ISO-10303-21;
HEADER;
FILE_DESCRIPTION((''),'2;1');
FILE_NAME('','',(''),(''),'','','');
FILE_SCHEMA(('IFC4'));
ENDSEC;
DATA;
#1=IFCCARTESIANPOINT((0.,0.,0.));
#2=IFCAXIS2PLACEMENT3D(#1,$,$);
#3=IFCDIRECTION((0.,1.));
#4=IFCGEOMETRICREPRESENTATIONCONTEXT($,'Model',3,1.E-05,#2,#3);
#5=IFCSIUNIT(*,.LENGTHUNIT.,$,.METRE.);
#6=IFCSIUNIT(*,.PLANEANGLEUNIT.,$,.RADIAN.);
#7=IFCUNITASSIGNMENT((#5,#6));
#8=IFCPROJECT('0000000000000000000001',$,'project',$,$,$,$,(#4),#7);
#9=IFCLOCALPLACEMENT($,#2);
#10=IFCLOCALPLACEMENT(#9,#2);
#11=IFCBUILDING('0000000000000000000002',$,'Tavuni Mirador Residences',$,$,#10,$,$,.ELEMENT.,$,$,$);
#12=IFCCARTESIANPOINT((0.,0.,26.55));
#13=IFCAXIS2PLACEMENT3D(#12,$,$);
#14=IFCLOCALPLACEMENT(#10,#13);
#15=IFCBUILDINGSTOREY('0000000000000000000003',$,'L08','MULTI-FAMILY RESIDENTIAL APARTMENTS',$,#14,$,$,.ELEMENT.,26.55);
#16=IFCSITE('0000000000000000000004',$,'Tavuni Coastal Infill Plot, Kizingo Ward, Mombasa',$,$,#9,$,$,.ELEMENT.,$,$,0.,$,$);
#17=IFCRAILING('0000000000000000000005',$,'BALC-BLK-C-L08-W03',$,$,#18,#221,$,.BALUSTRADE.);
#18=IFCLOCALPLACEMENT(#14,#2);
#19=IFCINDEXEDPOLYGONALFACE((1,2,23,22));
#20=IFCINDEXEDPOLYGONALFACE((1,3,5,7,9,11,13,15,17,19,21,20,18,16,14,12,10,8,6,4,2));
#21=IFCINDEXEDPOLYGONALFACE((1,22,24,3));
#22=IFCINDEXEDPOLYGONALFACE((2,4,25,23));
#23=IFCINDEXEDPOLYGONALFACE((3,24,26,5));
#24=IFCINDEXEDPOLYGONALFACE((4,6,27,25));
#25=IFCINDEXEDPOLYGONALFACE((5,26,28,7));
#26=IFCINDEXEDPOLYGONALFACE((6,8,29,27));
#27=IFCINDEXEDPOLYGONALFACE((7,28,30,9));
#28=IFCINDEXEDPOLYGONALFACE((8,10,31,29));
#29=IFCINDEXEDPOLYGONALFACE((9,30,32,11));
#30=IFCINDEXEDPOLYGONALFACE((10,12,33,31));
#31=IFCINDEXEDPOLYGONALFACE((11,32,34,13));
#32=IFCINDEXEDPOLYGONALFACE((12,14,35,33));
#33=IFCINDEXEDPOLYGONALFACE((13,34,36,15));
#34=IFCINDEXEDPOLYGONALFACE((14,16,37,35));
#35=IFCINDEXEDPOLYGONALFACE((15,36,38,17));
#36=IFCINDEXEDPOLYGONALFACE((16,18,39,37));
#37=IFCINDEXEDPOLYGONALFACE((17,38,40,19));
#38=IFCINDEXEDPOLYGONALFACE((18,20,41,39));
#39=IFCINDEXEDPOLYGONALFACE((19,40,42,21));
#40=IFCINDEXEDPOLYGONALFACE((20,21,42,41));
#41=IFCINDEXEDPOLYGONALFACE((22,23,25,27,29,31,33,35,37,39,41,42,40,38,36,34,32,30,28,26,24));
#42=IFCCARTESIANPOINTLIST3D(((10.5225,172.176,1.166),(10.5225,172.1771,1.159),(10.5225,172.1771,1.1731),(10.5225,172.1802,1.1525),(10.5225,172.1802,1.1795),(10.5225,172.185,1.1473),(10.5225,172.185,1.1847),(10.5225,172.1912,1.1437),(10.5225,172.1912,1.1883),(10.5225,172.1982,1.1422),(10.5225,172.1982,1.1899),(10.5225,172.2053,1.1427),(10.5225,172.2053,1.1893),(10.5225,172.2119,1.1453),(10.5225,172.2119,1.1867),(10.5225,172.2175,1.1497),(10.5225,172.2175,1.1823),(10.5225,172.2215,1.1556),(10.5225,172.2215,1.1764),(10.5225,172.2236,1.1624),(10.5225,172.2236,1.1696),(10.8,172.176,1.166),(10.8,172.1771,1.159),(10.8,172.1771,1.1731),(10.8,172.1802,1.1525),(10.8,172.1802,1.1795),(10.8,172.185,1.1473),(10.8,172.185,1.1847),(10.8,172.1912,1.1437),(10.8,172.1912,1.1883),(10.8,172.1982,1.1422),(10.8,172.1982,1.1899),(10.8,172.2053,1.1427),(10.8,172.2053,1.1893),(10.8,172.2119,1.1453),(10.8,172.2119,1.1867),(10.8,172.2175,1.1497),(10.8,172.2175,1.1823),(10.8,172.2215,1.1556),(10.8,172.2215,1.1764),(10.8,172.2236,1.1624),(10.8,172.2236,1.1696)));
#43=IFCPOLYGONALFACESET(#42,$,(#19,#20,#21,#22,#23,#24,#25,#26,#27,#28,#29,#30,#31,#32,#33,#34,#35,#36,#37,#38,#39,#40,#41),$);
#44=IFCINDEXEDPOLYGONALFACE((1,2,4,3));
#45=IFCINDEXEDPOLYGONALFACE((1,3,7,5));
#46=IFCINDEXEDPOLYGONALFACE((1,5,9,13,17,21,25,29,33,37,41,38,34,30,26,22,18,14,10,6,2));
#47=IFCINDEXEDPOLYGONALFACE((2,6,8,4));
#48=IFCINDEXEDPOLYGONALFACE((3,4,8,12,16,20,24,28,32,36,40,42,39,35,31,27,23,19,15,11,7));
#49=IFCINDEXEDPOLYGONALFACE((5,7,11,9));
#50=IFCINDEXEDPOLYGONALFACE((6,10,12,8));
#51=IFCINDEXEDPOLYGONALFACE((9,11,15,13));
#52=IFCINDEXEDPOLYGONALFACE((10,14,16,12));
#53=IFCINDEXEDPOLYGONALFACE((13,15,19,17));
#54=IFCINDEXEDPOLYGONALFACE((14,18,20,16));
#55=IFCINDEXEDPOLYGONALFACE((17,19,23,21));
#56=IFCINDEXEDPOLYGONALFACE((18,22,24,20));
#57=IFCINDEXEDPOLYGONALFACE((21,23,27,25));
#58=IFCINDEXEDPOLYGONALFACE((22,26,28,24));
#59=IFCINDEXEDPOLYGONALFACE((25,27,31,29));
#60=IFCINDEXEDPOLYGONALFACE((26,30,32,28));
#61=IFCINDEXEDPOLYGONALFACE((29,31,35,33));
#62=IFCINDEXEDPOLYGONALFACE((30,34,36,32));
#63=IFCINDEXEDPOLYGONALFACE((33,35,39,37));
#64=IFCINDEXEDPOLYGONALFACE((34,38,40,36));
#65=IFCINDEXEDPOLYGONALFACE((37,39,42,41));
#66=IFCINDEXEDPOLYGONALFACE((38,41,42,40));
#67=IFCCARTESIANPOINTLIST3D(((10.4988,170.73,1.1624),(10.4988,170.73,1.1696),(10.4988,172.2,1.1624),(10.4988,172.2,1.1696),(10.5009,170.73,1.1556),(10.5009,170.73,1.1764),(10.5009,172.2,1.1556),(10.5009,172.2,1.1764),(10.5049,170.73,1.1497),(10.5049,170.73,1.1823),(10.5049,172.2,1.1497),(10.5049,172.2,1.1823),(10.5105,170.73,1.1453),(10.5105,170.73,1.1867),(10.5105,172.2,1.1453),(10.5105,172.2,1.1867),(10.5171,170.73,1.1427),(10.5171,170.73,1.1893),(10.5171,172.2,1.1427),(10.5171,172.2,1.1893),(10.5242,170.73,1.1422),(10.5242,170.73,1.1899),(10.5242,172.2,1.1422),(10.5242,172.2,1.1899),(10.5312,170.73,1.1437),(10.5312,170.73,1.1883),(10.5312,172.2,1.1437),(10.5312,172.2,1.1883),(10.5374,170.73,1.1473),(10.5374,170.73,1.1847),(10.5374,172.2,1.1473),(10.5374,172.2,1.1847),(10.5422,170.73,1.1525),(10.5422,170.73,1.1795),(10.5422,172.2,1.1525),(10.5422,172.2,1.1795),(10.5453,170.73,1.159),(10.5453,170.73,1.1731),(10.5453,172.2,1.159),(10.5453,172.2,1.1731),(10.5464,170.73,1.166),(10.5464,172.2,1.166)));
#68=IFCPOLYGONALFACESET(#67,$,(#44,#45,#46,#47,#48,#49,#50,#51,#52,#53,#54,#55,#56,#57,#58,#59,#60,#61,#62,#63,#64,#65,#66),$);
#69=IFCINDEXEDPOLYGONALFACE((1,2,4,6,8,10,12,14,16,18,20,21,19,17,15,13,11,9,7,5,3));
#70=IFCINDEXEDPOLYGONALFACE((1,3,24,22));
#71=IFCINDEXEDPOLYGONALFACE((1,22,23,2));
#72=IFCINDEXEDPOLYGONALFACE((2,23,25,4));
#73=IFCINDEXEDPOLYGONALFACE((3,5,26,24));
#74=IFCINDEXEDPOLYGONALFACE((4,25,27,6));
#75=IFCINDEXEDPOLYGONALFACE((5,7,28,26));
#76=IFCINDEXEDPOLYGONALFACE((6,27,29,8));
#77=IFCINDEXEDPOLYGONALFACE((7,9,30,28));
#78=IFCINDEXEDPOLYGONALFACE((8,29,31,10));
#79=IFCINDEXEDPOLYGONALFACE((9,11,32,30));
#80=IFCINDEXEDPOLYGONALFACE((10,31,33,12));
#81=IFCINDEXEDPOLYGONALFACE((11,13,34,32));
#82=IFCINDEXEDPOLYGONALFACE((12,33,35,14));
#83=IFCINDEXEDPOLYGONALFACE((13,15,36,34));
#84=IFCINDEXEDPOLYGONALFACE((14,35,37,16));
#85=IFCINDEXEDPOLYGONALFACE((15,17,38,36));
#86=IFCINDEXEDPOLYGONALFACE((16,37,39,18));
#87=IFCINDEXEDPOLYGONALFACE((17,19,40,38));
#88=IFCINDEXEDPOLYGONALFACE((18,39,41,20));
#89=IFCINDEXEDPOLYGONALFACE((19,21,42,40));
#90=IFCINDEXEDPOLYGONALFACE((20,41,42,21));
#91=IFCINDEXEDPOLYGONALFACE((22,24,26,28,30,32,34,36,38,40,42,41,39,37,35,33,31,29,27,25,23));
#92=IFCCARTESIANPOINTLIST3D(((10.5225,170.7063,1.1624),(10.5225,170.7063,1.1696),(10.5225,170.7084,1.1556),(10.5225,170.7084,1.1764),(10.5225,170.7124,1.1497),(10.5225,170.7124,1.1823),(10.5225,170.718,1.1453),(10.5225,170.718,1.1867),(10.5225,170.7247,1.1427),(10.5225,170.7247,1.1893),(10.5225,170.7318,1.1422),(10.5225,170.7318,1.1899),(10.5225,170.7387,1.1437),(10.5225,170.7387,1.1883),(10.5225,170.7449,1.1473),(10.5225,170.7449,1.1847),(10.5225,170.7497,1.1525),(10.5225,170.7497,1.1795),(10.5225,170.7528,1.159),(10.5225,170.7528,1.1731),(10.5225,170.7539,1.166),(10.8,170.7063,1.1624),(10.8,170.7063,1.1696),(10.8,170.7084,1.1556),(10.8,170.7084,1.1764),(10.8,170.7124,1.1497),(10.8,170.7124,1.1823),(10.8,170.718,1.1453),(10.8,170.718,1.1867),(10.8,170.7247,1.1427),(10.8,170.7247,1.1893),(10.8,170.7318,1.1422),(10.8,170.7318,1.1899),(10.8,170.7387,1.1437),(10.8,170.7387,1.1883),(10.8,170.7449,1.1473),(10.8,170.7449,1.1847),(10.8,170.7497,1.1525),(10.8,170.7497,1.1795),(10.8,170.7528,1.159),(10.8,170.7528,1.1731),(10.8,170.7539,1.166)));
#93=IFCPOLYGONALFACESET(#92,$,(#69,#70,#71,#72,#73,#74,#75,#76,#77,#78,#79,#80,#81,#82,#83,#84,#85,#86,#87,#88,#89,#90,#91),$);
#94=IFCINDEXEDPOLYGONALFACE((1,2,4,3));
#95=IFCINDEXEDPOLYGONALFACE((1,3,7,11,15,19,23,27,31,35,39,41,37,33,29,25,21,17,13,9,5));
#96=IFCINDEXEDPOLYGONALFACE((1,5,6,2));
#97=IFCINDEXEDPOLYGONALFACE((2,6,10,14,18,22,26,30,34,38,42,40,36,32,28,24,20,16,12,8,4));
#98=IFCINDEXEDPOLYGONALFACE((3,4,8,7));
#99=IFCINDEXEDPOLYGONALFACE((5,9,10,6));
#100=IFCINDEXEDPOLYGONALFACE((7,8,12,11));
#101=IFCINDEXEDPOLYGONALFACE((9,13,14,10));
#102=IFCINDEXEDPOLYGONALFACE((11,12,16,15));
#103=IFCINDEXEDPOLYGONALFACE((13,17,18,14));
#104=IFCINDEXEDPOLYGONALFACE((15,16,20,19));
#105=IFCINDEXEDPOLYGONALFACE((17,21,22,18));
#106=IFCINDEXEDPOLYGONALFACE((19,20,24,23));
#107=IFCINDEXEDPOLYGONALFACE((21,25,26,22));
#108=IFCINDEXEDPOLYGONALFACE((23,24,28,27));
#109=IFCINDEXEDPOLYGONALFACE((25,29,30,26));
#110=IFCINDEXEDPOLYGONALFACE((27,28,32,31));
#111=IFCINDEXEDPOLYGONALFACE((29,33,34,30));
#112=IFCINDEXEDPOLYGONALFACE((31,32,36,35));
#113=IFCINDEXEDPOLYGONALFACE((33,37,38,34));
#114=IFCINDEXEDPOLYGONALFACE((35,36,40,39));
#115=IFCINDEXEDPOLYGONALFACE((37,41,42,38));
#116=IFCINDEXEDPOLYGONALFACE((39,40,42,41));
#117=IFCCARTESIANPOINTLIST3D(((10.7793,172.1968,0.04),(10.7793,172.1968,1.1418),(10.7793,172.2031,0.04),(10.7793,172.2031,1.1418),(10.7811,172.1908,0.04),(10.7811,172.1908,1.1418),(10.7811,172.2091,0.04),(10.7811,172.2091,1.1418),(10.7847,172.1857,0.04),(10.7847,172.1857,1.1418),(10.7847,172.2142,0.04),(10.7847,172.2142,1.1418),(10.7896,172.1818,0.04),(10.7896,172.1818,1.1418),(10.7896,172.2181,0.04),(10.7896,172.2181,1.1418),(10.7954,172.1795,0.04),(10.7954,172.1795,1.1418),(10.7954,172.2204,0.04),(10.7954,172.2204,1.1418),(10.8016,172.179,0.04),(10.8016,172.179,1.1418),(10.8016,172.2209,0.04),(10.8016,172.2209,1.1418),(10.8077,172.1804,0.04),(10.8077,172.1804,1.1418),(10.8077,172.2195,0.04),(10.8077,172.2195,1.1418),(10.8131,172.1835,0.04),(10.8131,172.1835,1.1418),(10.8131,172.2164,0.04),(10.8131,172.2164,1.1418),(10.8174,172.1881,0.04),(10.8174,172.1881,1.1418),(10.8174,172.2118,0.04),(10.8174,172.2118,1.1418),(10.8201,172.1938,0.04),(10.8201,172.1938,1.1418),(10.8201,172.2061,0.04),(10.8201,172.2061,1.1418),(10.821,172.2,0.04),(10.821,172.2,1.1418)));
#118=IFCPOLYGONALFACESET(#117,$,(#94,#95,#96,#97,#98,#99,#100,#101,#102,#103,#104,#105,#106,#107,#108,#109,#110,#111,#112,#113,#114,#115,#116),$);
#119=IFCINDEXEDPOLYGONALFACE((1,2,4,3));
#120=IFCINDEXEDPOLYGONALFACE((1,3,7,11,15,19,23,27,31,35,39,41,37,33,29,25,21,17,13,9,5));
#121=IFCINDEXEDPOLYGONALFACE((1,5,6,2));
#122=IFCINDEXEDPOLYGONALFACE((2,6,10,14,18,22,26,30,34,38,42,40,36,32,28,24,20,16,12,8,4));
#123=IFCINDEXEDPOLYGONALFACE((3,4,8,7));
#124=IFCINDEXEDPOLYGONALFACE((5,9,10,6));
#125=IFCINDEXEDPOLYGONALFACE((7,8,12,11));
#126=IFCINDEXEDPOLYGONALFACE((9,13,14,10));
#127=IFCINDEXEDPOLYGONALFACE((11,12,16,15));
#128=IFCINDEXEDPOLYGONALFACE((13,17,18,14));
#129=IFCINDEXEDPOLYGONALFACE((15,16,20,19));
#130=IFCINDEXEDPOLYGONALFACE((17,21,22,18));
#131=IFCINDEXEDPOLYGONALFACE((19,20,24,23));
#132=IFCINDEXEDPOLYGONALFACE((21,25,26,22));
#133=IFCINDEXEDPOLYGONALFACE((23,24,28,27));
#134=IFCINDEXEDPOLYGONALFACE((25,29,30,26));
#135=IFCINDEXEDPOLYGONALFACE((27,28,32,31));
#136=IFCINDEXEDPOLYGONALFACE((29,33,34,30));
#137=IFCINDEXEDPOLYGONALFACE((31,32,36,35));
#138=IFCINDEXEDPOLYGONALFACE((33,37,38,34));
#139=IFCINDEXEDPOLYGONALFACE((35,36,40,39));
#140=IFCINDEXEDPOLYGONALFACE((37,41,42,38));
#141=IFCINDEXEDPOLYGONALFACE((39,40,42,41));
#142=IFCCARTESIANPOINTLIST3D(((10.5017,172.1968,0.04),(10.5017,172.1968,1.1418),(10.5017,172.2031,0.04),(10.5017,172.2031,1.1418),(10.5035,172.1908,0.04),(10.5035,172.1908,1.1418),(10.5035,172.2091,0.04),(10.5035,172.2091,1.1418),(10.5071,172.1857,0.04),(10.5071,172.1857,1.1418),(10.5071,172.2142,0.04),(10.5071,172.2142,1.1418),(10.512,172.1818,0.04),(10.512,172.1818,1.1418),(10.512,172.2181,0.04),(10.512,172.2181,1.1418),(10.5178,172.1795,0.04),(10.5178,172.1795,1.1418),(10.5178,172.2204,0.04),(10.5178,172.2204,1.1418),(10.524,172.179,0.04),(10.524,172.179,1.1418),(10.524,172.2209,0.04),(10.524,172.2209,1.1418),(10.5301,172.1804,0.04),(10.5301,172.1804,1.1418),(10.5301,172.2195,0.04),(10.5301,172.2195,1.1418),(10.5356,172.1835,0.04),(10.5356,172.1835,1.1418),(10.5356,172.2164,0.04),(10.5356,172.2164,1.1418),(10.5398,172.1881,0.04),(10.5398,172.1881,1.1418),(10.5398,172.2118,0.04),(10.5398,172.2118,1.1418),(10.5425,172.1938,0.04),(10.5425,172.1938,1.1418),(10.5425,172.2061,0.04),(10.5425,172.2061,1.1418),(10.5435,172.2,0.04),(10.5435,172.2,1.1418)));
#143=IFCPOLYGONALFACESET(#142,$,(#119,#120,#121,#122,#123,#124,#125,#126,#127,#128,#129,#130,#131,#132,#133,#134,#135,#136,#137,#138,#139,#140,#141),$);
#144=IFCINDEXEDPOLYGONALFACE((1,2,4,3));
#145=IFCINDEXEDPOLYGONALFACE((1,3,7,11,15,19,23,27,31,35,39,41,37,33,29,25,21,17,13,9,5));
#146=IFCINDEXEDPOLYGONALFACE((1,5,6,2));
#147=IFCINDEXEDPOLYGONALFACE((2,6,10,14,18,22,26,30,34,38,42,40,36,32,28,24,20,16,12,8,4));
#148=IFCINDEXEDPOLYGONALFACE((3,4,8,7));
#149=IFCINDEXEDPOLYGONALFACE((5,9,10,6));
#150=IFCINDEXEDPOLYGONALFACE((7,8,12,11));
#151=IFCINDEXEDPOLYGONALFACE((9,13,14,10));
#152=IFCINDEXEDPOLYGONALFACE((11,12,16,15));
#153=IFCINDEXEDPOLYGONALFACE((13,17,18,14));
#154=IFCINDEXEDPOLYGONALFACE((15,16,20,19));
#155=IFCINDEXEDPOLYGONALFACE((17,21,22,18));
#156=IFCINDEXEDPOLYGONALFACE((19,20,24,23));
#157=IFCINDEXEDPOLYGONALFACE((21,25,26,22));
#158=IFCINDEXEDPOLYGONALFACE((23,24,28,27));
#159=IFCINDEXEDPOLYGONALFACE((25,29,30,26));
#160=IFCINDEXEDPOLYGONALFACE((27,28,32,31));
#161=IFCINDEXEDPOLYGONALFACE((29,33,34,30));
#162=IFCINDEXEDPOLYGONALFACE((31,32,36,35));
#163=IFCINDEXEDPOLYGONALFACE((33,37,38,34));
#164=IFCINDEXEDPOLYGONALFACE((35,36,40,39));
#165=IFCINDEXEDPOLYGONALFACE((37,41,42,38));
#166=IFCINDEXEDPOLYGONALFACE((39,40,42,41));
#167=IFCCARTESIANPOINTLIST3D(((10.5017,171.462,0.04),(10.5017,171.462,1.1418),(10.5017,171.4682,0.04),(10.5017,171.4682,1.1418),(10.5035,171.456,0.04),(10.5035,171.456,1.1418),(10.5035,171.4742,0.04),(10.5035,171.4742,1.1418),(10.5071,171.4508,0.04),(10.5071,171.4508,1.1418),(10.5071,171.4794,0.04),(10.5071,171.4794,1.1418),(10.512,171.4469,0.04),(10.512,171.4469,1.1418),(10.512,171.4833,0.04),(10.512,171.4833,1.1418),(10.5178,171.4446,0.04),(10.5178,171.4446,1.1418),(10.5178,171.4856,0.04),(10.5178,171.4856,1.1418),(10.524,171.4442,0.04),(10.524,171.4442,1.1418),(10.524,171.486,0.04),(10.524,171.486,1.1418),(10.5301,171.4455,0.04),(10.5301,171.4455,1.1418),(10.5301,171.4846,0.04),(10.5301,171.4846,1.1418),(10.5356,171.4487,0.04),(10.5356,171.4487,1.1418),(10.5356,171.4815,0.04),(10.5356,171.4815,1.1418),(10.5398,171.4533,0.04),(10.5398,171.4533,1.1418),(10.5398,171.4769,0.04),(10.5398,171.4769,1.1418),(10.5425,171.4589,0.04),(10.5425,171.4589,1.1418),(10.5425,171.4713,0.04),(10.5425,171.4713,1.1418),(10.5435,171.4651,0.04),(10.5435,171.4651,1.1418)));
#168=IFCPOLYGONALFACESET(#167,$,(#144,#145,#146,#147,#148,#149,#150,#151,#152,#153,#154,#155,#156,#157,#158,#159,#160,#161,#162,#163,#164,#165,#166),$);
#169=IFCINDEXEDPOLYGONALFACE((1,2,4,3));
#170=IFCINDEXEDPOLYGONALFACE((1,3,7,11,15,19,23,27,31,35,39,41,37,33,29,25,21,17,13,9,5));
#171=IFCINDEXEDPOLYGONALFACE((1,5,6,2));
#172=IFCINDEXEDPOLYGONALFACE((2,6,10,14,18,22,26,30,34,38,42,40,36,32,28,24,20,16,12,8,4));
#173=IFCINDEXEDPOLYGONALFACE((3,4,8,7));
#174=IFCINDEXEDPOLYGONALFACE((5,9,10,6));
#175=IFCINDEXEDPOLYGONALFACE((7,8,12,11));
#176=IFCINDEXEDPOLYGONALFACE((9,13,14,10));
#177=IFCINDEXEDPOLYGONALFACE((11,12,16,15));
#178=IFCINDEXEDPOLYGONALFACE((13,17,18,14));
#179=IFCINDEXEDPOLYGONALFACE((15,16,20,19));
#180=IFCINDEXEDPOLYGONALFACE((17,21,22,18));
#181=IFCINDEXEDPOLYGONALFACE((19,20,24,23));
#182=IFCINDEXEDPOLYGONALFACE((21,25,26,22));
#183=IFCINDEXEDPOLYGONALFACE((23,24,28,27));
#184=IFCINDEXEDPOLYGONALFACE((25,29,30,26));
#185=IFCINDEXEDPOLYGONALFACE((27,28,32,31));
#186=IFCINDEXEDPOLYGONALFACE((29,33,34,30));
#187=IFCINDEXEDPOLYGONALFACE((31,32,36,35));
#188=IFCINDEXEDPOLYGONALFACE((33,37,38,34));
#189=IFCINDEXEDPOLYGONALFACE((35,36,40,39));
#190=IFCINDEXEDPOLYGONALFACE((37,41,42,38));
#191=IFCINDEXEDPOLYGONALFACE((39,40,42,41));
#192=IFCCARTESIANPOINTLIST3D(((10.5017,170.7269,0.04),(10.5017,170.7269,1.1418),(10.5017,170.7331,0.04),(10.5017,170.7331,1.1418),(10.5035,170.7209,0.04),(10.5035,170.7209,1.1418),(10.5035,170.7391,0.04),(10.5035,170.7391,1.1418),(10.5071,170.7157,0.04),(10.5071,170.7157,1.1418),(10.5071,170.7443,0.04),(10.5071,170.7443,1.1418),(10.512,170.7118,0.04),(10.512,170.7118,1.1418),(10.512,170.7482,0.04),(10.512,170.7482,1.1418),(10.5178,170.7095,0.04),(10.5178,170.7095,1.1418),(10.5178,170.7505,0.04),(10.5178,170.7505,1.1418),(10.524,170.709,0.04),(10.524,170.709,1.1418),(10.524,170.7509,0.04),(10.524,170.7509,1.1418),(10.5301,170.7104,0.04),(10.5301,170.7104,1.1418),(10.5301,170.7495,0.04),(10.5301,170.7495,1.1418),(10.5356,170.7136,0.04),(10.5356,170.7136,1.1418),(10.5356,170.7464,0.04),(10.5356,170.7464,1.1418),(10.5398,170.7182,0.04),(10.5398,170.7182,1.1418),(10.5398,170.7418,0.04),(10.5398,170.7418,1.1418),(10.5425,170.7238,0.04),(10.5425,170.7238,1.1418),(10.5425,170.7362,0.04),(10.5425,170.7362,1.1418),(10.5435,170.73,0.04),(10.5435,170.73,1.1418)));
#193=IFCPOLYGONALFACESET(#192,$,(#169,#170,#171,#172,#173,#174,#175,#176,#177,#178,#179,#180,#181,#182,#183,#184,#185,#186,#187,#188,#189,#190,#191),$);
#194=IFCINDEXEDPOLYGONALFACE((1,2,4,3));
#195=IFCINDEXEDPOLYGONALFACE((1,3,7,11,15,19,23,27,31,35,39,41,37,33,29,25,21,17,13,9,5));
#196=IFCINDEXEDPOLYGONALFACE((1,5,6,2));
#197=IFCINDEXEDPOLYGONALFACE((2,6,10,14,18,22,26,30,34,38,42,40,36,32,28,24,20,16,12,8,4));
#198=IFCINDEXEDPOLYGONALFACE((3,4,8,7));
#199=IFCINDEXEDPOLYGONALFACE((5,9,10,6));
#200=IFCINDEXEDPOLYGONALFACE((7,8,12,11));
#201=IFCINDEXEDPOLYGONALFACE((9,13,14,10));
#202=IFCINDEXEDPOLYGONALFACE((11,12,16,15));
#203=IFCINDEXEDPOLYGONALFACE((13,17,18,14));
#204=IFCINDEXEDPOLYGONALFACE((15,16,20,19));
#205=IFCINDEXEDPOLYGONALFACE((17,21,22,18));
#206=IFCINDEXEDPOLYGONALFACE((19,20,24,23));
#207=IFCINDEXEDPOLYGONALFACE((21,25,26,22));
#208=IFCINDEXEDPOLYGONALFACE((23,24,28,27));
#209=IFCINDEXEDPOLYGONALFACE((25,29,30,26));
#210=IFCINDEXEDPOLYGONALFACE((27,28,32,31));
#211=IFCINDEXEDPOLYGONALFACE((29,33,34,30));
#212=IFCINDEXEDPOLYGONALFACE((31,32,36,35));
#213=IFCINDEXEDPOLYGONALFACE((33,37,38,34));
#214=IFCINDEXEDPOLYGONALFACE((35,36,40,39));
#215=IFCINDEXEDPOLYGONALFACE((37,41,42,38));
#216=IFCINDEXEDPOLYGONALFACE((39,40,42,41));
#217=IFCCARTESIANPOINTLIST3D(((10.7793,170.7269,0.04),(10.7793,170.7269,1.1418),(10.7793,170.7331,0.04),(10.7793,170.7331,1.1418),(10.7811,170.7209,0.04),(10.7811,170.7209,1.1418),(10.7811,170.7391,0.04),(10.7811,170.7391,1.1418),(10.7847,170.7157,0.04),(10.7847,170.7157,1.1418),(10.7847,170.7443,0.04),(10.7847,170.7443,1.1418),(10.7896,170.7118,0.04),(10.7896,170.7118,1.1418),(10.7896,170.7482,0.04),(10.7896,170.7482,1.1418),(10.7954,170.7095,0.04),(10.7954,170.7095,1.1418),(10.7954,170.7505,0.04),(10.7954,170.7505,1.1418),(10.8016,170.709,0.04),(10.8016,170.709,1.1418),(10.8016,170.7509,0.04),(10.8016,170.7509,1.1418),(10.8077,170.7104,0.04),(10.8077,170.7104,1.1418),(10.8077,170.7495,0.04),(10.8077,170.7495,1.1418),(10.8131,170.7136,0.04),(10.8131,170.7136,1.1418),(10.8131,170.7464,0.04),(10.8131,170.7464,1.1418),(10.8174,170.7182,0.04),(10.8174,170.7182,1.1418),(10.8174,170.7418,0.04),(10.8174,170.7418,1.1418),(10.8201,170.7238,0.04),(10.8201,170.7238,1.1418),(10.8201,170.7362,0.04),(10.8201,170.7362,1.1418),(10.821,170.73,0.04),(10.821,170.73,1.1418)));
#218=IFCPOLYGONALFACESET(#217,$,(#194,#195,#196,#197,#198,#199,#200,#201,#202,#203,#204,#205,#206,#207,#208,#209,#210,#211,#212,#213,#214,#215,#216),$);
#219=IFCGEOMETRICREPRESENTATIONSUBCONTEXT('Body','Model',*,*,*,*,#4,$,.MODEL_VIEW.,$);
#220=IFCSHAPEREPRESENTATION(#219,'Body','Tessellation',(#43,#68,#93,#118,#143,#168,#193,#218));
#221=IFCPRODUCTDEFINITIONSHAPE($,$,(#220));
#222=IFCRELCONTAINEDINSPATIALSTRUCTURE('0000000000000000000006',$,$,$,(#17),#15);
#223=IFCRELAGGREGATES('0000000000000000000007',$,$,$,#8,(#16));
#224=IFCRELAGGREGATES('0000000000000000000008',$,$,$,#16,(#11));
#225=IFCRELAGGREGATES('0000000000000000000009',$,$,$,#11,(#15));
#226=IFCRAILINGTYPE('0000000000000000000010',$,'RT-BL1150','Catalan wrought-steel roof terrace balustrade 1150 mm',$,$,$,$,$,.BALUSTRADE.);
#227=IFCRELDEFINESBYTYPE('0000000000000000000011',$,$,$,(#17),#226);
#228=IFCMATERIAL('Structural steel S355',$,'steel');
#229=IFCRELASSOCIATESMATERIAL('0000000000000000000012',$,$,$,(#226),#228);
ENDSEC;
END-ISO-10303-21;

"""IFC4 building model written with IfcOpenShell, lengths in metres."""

from ifc_helpers import new_model, si_unit, direction, frame, origin, origin_2d, place, context, subcontext, project, spatial, circle, extrude, material, type_object, element, save


model = new_model("IFC4")

# Units and contexts
model_context = context("Model", 3, precision=1e-05, world=origin(), true_north=direction((0.0, 1.0)))
body_context = subcontext(model_context, "Body", "Model", "MODEL_VIEW")
ifc_project = project(units=[si_unit("LENGTHUNIT", "METRE"), si_unit("PLANEANGLEUNIT", "RADIAN")], contexts=[model_context])

# Site, building, storey
site_placement = place(None, origin())
site = spatial("IfcSite", under=ifc_project, at=site_placement, Name="Tavuni Coastal Infill Plot, Kizingo Ward, Mombasa", CompositionType="ELEMENT", RefElevation=0.0)
building_placement = place(site_placement, origin())
building = spatial("IfcBuilding", under=site, at=building_placement, Name="Tavuni Mirador Residences", CompositionType="ELEMENT")
storey_placement = place(building_placement, frame((0.0, 0.0, 26.55)))
storey = spatial("IfcBuildingStorey", under=building, at=storey_placement, Name="L08", Description="MULTI-FAMILY RESIDENTIAL APARTMENTS", CompositionType="ELEMENT", Elevation=26.55)

# Railing
ifc_material_1 = material(Name="Structural steel S355", Category="steel")
railing_type = type_object("IfcRailingType", Name="RT-BL1150", Description="Catalan wrought-steel roof terrace balustrade 1150 mm", PredefinedType="BALUSTRADE", material=ifc_material_1)
railing_placement = place(storey_placement, frame((10.8, 172.2, 0.04)))
element("IfcRailing", 1, at=railing_placement, inside=storey, type_object=railing_type, Name="BALC-BLK-C-L08-W03", PredefinedType="BALUSTRADE", context=body_context, shape_type="SweptSolid", body=[
    extrude(circle(Radius=0.0239, at=origin_2d()), frame((0.0, 0.0, 1.126), z_axis=(-1.0, 0.0, 0.0), x_axis=(0.0, -1.0, 0.0)), (0.0, 0.0, 1.0), 0.2776),
    extrude(circle(Radius=0.0239, at=origin_2d()), frame((-0.2776, 0.0, 1.126), z_axis=(0.0, -1.0, 0.0), x_axis=(1.0, 0.0, 0.0)), (0.0, 0.0, 1.0), 1.47),
    extrude(circle(Radius=0.0239, at=origin_2d()), frame((-0.2776, -1.47, 1.126), z_axis=(1.0, 0.0, 0.0), x_axis=(0.0, 1.0, 0.0)), (0.0, 0.0, 1.0), 0.2776),
    extrude(circle(Radius=0.021, at=origin_2d()), origin(), (0.0, 0.0, 1.0), 1.1018),
    extrude(circle(Radius=0.021, at=origin_2d()), frame((-0.2776, 0.0, 0.0)), (0.0, 0.0, 1.0), 1.1018),
    extrude(circle(Radius=0.021, at=origin_2d()), frame((-0.2776, -0.7349, 0.0)), (0.0, 0.0, 1.0), 1.1018),
    extrude(circle(Radius=0.021, at=origin_2d()), frame((-0.2776, -1.47, 0.0)), (0.0, 0.0, 1.0), 1.1018),
    extrude(circle(Radius=0.021, at=origin_2d()), frame((0.0, -1.47, 0.0)), (0.0, 0.0, 1.0), 1.1018),
])

save(model, "model.ifc")
